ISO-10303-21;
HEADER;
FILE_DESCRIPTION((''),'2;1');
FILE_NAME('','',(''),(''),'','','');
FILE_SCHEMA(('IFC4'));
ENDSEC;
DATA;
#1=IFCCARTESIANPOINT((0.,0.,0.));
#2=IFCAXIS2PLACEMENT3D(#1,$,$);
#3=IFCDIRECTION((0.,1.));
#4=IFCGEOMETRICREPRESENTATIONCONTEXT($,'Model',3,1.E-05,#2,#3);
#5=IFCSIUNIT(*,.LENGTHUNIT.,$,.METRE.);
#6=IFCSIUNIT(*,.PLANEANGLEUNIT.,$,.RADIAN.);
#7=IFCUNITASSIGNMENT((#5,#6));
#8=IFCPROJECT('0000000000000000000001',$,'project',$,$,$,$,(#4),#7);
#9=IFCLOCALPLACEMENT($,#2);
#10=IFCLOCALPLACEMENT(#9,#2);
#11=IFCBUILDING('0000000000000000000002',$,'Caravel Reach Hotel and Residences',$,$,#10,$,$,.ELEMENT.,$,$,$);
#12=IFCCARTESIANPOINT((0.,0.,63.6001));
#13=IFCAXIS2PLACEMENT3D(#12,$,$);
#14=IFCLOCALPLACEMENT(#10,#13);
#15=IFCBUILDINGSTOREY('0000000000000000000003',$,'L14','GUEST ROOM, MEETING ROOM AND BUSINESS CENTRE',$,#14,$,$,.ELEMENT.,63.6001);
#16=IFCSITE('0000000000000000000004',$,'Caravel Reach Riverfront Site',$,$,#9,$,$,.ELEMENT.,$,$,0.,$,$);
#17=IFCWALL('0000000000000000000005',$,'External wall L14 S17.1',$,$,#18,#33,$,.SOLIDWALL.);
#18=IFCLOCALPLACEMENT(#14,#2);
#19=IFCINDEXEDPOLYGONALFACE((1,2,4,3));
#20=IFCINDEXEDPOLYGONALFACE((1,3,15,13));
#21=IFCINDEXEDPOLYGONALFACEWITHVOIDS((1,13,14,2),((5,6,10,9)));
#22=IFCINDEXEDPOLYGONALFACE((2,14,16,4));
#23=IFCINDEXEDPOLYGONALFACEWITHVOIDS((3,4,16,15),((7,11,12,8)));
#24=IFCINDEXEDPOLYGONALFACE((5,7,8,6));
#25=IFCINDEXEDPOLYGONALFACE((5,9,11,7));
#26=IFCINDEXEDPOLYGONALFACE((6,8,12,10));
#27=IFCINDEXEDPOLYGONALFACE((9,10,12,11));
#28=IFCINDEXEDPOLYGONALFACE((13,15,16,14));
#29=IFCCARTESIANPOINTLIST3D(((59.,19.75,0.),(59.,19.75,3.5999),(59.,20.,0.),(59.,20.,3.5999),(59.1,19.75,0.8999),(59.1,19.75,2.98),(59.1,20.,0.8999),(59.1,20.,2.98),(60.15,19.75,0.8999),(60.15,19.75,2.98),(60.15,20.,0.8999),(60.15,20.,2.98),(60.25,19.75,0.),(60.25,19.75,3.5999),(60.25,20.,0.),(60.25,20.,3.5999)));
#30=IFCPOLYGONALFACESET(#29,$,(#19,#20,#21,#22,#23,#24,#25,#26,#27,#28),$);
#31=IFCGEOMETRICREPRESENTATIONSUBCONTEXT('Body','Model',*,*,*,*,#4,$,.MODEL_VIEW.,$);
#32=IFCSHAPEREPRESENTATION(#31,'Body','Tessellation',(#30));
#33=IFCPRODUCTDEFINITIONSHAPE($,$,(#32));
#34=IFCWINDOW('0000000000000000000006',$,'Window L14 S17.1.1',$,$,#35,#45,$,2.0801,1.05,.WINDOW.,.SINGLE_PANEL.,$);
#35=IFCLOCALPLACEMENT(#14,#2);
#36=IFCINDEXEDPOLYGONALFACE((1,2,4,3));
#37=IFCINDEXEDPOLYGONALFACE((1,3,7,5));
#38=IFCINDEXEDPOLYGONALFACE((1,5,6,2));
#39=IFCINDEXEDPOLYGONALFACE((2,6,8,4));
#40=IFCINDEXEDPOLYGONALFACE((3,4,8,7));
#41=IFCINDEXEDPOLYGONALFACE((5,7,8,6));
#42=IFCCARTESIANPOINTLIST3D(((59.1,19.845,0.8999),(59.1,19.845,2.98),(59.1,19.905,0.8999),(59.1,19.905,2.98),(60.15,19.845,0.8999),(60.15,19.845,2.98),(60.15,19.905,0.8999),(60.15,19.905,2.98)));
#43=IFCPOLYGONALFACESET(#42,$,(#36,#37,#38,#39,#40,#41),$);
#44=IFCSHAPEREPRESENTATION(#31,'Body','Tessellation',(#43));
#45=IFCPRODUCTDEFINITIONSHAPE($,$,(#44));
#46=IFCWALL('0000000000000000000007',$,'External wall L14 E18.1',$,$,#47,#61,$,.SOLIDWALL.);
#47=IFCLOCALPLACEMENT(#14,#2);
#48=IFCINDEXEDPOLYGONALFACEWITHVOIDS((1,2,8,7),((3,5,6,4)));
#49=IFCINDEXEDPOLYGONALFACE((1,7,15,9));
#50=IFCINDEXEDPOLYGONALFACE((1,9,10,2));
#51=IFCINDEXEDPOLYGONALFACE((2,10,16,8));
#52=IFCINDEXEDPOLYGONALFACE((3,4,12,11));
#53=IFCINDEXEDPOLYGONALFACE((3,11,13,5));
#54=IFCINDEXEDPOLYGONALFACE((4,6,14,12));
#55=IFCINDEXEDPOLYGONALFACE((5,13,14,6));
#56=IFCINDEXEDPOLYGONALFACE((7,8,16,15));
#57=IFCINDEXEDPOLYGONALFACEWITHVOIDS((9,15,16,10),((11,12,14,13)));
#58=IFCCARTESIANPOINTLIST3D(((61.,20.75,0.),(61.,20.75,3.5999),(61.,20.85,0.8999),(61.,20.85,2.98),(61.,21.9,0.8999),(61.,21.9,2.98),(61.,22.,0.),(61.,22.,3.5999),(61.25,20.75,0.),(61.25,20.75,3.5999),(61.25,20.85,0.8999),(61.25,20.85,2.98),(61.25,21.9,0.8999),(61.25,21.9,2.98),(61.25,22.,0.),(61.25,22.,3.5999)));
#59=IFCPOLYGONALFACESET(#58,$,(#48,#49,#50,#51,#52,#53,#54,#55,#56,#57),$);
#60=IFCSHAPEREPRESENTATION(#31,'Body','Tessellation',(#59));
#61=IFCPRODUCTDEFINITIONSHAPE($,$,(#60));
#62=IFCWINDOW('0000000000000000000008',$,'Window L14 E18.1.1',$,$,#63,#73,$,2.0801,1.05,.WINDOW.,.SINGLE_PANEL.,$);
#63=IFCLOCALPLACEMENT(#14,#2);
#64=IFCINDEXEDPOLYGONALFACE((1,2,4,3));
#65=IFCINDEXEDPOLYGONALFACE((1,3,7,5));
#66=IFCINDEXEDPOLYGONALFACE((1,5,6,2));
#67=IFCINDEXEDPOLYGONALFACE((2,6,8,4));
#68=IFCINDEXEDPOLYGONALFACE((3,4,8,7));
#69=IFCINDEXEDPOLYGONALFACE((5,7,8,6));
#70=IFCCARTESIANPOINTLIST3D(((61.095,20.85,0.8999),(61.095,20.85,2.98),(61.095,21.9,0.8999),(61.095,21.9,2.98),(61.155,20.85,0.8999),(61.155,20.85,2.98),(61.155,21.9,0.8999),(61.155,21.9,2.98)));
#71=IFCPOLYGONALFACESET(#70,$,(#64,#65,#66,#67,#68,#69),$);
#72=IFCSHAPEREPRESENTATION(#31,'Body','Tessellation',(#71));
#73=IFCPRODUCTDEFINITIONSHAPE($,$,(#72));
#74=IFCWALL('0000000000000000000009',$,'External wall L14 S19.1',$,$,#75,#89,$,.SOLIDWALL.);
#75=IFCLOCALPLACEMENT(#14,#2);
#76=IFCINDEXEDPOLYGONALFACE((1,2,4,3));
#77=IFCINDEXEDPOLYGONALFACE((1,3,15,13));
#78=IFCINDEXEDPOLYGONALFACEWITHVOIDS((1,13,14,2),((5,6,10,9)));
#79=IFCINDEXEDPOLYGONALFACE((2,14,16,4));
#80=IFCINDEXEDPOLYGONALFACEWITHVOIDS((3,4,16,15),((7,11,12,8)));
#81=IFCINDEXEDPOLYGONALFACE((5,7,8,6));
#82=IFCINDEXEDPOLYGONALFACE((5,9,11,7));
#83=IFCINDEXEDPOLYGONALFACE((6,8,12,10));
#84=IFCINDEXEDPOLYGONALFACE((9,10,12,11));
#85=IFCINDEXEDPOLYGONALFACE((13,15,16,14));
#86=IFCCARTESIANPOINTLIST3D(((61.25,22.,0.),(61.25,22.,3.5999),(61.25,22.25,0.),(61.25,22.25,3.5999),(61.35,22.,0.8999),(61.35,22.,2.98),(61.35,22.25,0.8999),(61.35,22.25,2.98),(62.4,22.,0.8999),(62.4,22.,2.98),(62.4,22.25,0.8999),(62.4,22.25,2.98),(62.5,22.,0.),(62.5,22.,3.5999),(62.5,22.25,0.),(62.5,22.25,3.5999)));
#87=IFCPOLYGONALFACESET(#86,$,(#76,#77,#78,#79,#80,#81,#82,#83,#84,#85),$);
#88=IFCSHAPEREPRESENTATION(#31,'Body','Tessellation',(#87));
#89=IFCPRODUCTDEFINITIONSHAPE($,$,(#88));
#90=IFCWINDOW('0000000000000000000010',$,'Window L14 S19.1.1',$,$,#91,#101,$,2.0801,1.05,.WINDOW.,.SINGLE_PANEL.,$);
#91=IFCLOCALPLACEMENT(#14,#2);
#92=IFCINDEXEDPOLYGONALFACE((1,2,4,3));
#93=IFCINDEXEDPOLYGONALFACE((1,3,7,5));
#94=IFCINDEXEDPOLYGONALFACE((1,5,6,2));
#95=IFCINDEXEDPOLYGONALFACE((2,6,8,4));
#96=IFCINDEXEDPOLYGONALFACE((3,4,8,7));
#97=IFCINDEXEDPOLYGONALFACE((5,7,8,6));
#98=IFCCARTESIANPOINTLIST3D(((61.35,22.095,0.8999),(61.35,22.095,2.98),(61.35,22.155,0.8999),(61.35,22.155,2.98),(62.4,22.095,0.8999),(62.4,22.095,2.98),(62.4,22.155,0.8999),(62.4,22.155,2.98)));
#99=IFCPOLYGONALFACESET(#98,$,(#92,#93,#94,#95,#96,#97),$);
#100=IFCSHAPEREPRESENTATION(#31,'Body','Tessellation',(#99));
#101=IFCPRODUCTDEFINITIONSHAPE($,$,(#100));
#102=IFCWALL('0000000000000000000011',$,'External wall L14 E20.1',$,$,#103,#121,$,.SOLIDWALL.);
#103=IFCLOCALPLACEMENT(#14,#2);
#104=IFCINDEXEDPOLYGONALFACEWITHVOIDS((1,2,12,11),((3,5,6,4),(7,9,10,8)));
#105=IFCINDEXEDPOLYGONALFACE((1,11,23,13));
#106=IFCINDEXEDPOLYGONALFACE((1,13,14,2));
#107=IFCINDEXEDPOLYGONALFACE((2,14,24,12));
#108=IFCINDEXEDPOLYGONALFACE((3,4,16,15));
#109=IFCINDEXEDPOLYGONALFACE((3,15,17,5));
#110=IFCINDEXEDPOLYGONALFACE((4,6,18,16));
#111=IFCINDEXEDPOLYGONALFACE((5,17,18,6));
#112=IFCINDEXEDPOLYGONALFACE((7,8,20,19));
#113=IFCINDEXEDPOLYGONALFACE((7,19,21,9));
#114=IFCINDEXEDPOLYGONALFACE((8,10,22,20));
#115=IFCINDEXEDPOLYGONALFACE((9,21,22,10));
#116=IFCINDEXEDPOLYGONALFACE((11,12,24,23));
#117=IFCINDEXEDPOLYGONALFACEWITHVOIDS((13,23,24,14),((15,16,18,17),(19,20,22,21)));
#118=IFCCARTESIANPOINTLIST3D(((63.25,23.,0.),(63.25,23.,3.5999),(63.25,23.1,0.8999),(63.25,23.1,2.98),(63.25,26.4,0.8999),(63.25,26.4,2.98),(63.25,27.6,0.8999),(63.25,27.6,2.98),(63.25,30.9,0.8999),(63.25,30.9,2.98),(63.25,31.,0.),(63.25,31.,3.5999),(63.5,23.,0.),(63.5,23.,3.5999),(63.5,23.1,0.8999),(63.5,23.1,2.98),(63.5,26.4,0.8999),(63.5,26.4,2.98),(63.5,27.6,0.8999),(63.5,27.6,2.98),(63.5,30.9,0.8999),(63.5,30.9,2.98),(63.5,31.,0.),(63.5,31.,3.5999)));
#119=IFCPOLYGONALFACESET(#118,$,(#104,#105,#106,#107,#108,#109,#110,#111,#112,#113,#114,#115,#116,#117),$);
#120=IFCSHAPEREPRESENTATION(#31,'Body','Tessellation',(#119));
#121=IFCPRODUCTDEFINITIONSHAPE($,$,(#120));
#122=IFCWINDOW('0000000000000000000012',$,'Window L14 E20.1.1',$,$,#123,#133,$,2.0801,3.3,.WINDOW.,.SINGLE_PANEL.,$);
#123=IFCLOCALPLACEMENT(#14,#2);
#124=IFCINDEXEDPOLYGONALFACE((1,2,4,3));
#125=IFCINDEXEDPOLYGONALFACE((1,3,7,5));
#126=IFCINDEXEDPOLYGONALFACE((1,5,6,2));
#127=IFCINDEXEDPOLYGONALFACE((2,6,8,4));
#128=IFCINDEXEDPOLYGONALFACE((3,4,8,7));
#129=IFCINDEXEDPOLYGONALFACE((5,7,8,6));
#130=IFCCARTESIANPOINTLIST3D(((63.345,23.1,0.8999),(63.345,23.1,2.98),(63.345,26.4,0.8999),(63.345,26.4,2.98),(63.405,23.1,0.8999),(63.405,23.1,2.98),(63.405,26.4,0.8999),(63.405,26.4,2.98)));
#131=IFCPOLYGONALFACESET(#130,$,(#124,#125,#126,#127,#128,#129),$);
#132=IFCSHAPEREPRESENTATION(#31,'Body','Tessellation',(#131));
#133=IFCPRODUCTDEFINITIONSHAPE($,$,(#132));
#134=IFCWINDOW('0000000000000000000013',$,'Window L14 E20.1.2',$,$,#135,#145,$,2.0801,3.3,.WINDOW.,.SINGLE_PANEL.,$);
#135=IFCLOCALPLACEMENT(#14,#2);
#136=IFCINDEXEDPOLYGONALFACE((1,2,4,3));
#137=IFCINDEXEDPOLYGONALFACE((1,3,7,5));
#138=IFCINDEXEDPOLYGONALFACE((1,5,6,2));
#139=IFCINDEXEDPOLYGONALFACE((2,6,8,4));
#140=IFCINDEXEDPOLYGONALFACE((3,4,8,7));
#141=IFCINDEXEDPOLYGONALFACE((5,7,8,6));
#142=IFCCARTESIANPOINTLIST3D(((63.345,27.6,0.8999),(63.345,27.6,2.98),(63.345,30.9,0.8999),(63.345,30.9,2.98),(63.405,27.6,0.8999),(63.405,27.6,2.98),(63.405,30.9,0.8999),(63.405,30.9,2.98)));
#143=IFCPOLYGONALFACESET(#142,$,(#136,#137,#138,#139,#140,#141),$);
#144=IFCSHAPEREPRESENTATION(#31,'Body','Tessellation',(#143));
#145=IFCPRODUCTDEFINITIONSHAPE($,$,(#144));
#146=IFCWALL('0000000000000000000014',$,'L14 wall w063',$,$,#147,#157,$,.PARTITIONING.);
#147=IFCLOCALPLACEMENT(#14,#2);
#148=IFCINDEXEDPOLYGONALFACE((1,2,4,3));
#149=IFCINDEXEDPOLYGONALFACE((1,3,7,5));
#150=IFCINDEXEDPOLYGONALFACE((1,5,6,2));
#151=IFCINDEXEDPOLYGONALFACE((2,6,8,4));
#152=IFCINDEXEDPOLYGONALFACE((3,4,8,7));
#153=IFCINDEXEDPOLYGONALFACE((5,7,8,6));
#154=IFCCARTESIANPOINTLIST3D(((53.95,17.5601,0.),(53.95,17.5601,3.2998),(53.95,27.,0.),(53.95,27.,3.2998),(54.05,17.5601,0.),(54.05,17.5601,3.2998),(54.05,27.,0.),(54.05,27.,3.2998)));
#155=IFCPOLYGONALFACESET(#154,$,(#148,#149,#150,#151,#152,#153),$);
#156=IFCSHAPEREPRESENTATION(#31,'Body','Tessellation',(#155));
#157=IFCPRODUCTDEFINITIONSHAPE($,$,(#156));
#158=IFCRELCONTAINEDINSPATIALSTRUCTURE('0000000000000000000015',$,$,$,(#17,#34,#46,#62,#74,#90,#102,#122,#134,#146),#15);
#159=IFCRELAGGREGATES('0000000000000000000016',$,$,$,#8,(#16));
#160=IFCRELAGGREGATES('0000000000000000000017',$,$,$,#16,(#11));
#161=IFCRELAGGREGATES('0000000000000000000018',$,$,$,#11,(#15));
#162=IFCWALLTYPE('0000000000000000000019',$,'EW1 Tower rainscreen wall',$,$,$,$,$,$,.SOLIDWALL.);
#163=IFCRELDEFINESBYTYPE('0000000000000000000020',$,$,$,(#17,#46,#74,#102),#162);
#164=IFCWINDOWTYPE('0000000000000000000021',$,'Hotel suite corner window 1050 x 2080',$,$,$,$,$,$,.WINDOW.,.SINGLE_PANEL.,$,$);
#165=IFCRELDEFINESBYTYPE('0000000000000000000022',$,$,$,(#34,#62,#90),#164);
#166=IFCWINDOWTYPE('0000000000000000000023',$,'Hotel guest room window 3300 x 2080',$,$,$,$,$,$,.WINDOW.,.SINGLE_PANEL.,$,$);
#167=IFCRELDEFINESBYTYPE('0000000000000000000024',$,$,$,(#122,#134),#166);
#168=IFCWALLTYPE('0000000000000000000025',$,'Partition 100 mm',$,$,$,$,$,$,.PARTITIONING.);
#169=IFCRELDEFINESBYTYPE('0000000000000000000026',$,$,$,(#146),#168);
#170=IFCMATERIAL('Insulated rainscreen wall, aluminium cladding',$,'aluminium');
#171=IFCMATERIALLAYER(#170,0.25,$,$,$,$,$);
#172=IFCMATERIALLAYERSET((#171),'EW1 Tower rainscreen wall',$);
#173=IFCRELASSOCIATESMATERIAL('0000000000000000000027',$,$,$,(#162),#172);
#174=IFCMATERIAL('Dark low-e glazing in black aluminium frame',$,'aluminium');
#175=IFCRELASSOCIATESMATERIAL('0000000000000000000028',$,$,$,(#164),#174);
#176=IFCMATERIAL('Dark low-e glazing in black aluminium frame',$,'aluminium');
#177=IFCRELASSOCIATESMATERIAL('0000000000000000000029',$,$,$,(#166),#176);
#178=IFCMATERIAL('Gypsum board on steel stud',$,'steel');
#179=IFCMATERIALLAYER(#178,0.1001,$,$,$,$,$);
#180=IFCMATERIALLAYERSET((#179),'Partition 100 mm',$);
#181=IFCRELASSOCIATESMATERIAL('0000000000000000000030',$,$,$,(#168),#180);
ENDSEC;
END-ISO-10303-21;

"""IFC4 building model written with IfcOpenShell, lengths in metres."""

from ifc_helpers import new_model, si_unit, direction, frame, frame_2d, origin, place, context, subcontext, project, spatial, rectangle, extrude, material, layer, layer_set, type_object, element, fill, save


model = new_model("IFC4")

# Units and contexts
model_context = context("Model", 3, precision=1e-05, world=origin(), true_north=direction((0.0, 1.0)))
body_context = subcontext(model_context, "Body", "Model", "MODEL_VIEW")
ifc_project = project(units=[si_unit("LENGTHUNIT", "METRE"), si_unit("PLANEANGLEUNIT", "RADIAN")], contexts=[model_context])

# Site, building, storey
site_placement = place(None, origin())
site = spatial("IfcSite", under=ifc_project, at=site_placement, Name="Caravel Reach Riverfront Site", CompositionType="ELEMENT", RefElevation=0.0)
building_placement = place(site_placement, origin())
building = spatial("IfcBuilding", under=site, at=building_placement, Name="Caravel Reach Hotel and Residences", CompositionType="ELEMENT")
storey_placement = place(building_placement, frame((0.0, 0.0, 63.6001)))
storey = spatial("IfcBuildingStorey", under=building, at=storey_placement, Name="L14", Description="GUEST ROOM, MEETING ROOM AND BUSINESS CENTRE", CompositionType="ELEMENT", Elevation=63.6001)

# Walls, openings, windows
ifc_material_1 = material(Name="Insulated rainscreen wall, aluminium cladding", Category="aluminium")
ifc_layer_1 = layer(ifc_material_1, 0.25)
ifc_layer_set_1 = layer_set([ifc_layer_1], Name="EW1 Tower rainscreen wall")
wall_type_1 = type_object("IfcWallType", Name="EW1 Tower rainscreen wall", PredefinedType="SOLIDWALL", material=ifc_layer_set_1)
ifc_material_2 = material(Name="Dark low-e glazing in black aluminium frame", Category="aluminium")
window_type_1 = type_object("IfcWindowType", Name="Hotel suite corner window 1050 x 2080", PartitioningType="SINGLE_PANEL", PredefinedType="WINDOW", material=ifc_material_2)
wall_1_placement = place(storey_placement, frame((59.0, 19.875, 0.0), z_axis=(0.0, 0.0, 1.0), x_axis=(1.0, 0.0, 0.0)))
wall_1 = element("IfcWall", 1, at=wall_1_placement, inside=storey, type_object=wall_type_1, Name="External wall L14 S17.1", PredefinedType="SOLIDWALL", context=body_context, shape_type="SweptSolid", body=[
    extrude(rectangle(XDim=1.25, YDim=0.25, at=frame_2d((0.625, 0.0))), origin(), (0.0, 0.0, 1.0), 3.5999),
])
opening_1_placement = place(wall_1_placement, frame((0.1001, 0.0, 0.8999)))
opening_1 = element("IfcOpeningElement", 2, at=opening_1_placement, cuts=wall_1, PredefinedType="OPENING", context=body_context, shape_type="SweptSolid", body=[
    extrude(rectangle(XDim=1.05, YDim=2.0801, at=frame_2d((0.5249, 1.04))), frame((0.0, 0.135, 0.0), z_axis=(0.0, -1.0, 0.0), x_axis=(1.0, 0.0, 0.0)), (0.0, 0.0, 1.0), 0.27),
])
window_1_placement = place(opening_1_placement, origin())
window_1 = element("IfcWindow", 3, at=window_1_placement, inside=storey, type_object=window_type_1, Name="Window L14 S17.1.1", OverallHeight=2.0801, OverallWidth=1.05, PartitioningType="SINGLE_PANEL", PredefinedType="WINDOW", context=body_context, shape_type="SweptSolid", body=[
    extrude(rectangle(XDim=1.05, YDim=2.0801, at=frame_2d((0.5249, 1.04))), frame((0.0, 0.03, 0.0), z_axis=(0.0, -1.0, 0.0), x_axis=(1.0, 0.0, 0.0)), (0.0, 0.0, 1.0), 0.0601),
])
fill(opening_1, window_1)
wall_2_placement = place(storey_placement, frame((61.125, 20.75, 0.0), z_axis=(0.0, 0.0, 1.0), x_axis=(0.0, 1.0, 0.0)))
wall_2 = element("IfcWall", 4, at=wall_2_placement, inside=storey, type_object=wall_type_1, Name="External wall L14 E18.1", PredefinedType="SOLIDWALL", context=body_context, shape_type="SweptSolid", body=[
    extrude(rectangle(XDim=1.25, YDim=0.25, at=frame_2d((0.625, 0.0))), origin(), (0.0, 0.0, 1.0), 3.5999),
])
opening_2_placement = place(wall_2_placement, frame((0.1001, 0.0, 0.8999)))
opening_2 = element("IfcOpeningElement", 5, at=opening_2_placement, cuts=wall_2, PredefinedType="OPENING", context=body_context, shape_type="SweptSolid", body=[
    extrude(rectangle(XDim=1.05, YDim=2.0801, at=frame_2d((0.5249, 1.04))), frame((0.0, 0.135, 0.0), z_axis=(0.0, -1.0, 0.0), x_axis=(1.0, 0.0, 0.0)), (0.0, 0.0, 1.0), 0.27),
])
window_2_placement = place(opening_2_placement, origin())
window_2 = element("IfcWindow", 6, at=window_2_placement, inside=storey, type_object=window_type_1, Name="Window L14 E18.1.1", OverallHeight=2.0801, OverallWidth=1.05, PartitioningType="SINGLE_PANEL", PredefinedType="WINDOW", context=body_context, shape_type="SweptSolid", body=[
    extrude(rectangle(XDim=1.05, YDim=2.0801, at=frame_2d((0.5249, 1.04))), frame((0.0, 0.03, 0.0), z_axis=(0.0, -1.0, 0.0), x_axis=(1.0, 0.0, 0.0)), (0.0, 0.0, 1.0), 0.0601),
])
fill(opening_2, window_2)
wall_3_placement = place(storey_placement, frame((61.25, 22.125, 0.0), z_axis=(0.0, 0.0, 1.0), x_axis=(1.0, 0.0, 0.0)))
wall_3 = element("IfcWall", 7, at=wall_3_placement, inside=storey, type_object=wall_type_1, Name="External wall L14 S19.1", PredefinedType="SOLIDWALL", context=body_context, shape_type="SweptSolid", body=[
    extrude(rectangle(XDim=1.25, YDim=0.25, at=frame_2d((0.625, 0.0))), origin(), (0.0, 0.0, 1.0), 3.5999),
])
opening_3_placement = place(wall_3_placement, frame((0.1001, 0.0, 0.8999)))
opening_3 = element("IfcOpeningElement", 8, at=opening_3_placement, cuts=wall_3, PredefinedType="OPENING", context=body_context, shape_type="SweptSolid", body=[
    extrude(rectangle(XDim=1.05, YDim=2.0801, at=frame_2d((0.5249, 1.04))), frame((0.0, 0.135, 0.0), z_axis=(0.0, -1.0, 0.0), x_axis=(1.0, 0.0, 0.0)), (0.0, 0.0, 1.0), 0.27),
])
window_3_placement = place(opening_3_placement, origin())
window_3 = element("IfcWindow", 9, at=window_3_placement, inside=storey, type_object=window_type_1, Name="Window L14 S19.1.1", OverallHeight=2.0801, OverallWidth=1.05, PartitioningType="SINGLE_PANEL", PredefinedType="WINDOW", context=body_context, shape_type="SweptSolid", body=[
    extrude(rectangle(XDim=1.05, YDim=2.0801, at=frame_2d((0.5249, 1.04))), frame((0.0, 0.03, 0.0), z_axis=(0.0, -1.0, 0.0), x_axis=(1.0, 0.0, 0.0)), (0.0, 0.0, 1.0), 0.0601),
])
fill(opening_3, window_3)

# Wall, openings, windows
wall_4_placement = place(storey_placement, frame((63.375, 23.0, 0.0), z_axis=(0.0, 0.0, 1.0), x_axis=(0.0, 1.0, 0.0)))
wall_4 = element("IfcWall", 10, at=wall_4_placement, inside=storey, type_object=wall_type_1, Name="External wall L14 E20.1", PredefinedType="SOLIDWALL", context=body_context, shape_type="SweptSolid", body=[
    extrude(rectangle(XDim=8.0, YDim=0.25, at=frame_2d((4.0, 0.0))), origin(), (0.0, 0.0, 1.0), 3.5999),
])
opening_4_placement = place(wall_4_placement, frame((0.1001, 0.0, 0.8999)))
opening_4 = element("IfcOpeningElement", 11, at=opening_4_placement, cuts=wall_4, PredefinedType="OPENING", context=body_context, shape_type="SweptSolid", body=[
    extrude(rectangle(XDim=3.3, YDim=2.0801, at=frame_2d((1.6499, 1.04))), frame((0.0, 0.135, 0.0), z_axis=(0.0, -1.0, 0.0), x_axis=(1.0, 0.0, 0.0)), (0.0, 0.0, 1.0), 0.27),
])
opening_5_placement = place(wall_4_placement, frame((4.6001, 0.0, 0.8999)))
opening_5 = element("IfcOpeningElement", 12, at=opening_5_placement, cuts=wall_4, PredefinedType="OPENING", context=body_context, shape_type="SweptSolid", body=[
    extrude(rectangle(XDim=3.3, YDim=2.0801, at=frame_2d((1.6499, 1.04))), frame((0.0, 0.135, 0.0), z_axis=(0.0, -1.0, 0.0), x_axis=(1.0, 0.0, 0.0)), (0.0, 0.0, 1.0), 0.27),
])
ifc_material_3 = material(Name="Dark low-e glazing in black aluminium frame", Category="aluminium")
window_type_2 = type_object("IfcWindowType", Name="Hotel guest room window 3300 x 2080", PartitioningType="SINGLE_PANEL", PredefinedType="WINDOW", material=ifc_material_3)
window_4_placement = place(opening_4_placement, origin())
window_4 = element("IfcWindow", 13, at=window_4_placement, inside=storey, type_object=window_type_2, Name="Window L14 E20.1.1", OverallHeight=2.0801, OverallWidth=3.3, PartitioningType="SINGLE_PANEL", PredefinedType="WINDOW", context=body_context, shape_type="SweptSolid", body=[
    extrude(rectangle(XDim=3.3, YDim=2.0801, at=frame_2d((1.6499, 1.04))), frame((0.0, 0.03, 0.0), z_axis=(0.0, -1.0, 0.0), x_axis=(1.0, 0.0, 0.0)), (0.0, 0.0, 1.0), 0.0601),
])
fill(opening_4, window_4)
window_5_placement = place(opening_5_placement, origin())
window_5 = element("IfcWindow", 14, at=window_5_placement, inside=storey, type_object=window_type_2, Name="Window L14 E20.1.2", OverallHeight=2.0801, OverallWidth=3.3, PartitioningType="SINGLE_PANEL", PredefinedType="WINDOW", context=body_context, shape_type="SweptSolid", body=[
    extrude(rectangle(XDim=3.3, YDim=2.0801, at=frame_2d((1.6499, 1.04))), frame((0.0, 0.03, 0.0), z_axis=(0.0, -1.0, 0.0), x_axis=(1.0, 0.0, 0.0)), (0.0, 0.0, 1.0), 0.0601),
])
fill(opening_5, window_5)

# Wall
ifc_material_4 = material(Name="Gypsum board on steel stud", Category="steel")
ifc_layer_2 = layer(ifc_material_4, 0.1001)
ifc_layer_set_2 = layer_set([ifc_layer_2], Name="Partition 100 mm")
wall_type_2 = type_object("IfcWallType", Name="Partition 100 mm", PredefinedType="PARTITIONING", material=ifc_layer_set_2)
wall_5_placement = place(storey_placement, frame((54.0, 17.5601, 0.0), z_axis=(0.0, 0.0, 1.0), x_axis=(0.0, 1.0, 0.0)))
element("IfcWall", 15, at=wall_5_placement, inside=storey, type_object=wall_type_2, Name="L14 wall w063", PredefinedType="PARTITIONING", context=body_context, shape_type="SweptSolid", body=[
    extrude(rectangle(XDim=9.4399, YDim=0.1001, at=frame_2d((4.72, 0.0))), origin(), (0.0, 0.0, 1.0), 3.2998),
])

save(model, "model.ifc")
